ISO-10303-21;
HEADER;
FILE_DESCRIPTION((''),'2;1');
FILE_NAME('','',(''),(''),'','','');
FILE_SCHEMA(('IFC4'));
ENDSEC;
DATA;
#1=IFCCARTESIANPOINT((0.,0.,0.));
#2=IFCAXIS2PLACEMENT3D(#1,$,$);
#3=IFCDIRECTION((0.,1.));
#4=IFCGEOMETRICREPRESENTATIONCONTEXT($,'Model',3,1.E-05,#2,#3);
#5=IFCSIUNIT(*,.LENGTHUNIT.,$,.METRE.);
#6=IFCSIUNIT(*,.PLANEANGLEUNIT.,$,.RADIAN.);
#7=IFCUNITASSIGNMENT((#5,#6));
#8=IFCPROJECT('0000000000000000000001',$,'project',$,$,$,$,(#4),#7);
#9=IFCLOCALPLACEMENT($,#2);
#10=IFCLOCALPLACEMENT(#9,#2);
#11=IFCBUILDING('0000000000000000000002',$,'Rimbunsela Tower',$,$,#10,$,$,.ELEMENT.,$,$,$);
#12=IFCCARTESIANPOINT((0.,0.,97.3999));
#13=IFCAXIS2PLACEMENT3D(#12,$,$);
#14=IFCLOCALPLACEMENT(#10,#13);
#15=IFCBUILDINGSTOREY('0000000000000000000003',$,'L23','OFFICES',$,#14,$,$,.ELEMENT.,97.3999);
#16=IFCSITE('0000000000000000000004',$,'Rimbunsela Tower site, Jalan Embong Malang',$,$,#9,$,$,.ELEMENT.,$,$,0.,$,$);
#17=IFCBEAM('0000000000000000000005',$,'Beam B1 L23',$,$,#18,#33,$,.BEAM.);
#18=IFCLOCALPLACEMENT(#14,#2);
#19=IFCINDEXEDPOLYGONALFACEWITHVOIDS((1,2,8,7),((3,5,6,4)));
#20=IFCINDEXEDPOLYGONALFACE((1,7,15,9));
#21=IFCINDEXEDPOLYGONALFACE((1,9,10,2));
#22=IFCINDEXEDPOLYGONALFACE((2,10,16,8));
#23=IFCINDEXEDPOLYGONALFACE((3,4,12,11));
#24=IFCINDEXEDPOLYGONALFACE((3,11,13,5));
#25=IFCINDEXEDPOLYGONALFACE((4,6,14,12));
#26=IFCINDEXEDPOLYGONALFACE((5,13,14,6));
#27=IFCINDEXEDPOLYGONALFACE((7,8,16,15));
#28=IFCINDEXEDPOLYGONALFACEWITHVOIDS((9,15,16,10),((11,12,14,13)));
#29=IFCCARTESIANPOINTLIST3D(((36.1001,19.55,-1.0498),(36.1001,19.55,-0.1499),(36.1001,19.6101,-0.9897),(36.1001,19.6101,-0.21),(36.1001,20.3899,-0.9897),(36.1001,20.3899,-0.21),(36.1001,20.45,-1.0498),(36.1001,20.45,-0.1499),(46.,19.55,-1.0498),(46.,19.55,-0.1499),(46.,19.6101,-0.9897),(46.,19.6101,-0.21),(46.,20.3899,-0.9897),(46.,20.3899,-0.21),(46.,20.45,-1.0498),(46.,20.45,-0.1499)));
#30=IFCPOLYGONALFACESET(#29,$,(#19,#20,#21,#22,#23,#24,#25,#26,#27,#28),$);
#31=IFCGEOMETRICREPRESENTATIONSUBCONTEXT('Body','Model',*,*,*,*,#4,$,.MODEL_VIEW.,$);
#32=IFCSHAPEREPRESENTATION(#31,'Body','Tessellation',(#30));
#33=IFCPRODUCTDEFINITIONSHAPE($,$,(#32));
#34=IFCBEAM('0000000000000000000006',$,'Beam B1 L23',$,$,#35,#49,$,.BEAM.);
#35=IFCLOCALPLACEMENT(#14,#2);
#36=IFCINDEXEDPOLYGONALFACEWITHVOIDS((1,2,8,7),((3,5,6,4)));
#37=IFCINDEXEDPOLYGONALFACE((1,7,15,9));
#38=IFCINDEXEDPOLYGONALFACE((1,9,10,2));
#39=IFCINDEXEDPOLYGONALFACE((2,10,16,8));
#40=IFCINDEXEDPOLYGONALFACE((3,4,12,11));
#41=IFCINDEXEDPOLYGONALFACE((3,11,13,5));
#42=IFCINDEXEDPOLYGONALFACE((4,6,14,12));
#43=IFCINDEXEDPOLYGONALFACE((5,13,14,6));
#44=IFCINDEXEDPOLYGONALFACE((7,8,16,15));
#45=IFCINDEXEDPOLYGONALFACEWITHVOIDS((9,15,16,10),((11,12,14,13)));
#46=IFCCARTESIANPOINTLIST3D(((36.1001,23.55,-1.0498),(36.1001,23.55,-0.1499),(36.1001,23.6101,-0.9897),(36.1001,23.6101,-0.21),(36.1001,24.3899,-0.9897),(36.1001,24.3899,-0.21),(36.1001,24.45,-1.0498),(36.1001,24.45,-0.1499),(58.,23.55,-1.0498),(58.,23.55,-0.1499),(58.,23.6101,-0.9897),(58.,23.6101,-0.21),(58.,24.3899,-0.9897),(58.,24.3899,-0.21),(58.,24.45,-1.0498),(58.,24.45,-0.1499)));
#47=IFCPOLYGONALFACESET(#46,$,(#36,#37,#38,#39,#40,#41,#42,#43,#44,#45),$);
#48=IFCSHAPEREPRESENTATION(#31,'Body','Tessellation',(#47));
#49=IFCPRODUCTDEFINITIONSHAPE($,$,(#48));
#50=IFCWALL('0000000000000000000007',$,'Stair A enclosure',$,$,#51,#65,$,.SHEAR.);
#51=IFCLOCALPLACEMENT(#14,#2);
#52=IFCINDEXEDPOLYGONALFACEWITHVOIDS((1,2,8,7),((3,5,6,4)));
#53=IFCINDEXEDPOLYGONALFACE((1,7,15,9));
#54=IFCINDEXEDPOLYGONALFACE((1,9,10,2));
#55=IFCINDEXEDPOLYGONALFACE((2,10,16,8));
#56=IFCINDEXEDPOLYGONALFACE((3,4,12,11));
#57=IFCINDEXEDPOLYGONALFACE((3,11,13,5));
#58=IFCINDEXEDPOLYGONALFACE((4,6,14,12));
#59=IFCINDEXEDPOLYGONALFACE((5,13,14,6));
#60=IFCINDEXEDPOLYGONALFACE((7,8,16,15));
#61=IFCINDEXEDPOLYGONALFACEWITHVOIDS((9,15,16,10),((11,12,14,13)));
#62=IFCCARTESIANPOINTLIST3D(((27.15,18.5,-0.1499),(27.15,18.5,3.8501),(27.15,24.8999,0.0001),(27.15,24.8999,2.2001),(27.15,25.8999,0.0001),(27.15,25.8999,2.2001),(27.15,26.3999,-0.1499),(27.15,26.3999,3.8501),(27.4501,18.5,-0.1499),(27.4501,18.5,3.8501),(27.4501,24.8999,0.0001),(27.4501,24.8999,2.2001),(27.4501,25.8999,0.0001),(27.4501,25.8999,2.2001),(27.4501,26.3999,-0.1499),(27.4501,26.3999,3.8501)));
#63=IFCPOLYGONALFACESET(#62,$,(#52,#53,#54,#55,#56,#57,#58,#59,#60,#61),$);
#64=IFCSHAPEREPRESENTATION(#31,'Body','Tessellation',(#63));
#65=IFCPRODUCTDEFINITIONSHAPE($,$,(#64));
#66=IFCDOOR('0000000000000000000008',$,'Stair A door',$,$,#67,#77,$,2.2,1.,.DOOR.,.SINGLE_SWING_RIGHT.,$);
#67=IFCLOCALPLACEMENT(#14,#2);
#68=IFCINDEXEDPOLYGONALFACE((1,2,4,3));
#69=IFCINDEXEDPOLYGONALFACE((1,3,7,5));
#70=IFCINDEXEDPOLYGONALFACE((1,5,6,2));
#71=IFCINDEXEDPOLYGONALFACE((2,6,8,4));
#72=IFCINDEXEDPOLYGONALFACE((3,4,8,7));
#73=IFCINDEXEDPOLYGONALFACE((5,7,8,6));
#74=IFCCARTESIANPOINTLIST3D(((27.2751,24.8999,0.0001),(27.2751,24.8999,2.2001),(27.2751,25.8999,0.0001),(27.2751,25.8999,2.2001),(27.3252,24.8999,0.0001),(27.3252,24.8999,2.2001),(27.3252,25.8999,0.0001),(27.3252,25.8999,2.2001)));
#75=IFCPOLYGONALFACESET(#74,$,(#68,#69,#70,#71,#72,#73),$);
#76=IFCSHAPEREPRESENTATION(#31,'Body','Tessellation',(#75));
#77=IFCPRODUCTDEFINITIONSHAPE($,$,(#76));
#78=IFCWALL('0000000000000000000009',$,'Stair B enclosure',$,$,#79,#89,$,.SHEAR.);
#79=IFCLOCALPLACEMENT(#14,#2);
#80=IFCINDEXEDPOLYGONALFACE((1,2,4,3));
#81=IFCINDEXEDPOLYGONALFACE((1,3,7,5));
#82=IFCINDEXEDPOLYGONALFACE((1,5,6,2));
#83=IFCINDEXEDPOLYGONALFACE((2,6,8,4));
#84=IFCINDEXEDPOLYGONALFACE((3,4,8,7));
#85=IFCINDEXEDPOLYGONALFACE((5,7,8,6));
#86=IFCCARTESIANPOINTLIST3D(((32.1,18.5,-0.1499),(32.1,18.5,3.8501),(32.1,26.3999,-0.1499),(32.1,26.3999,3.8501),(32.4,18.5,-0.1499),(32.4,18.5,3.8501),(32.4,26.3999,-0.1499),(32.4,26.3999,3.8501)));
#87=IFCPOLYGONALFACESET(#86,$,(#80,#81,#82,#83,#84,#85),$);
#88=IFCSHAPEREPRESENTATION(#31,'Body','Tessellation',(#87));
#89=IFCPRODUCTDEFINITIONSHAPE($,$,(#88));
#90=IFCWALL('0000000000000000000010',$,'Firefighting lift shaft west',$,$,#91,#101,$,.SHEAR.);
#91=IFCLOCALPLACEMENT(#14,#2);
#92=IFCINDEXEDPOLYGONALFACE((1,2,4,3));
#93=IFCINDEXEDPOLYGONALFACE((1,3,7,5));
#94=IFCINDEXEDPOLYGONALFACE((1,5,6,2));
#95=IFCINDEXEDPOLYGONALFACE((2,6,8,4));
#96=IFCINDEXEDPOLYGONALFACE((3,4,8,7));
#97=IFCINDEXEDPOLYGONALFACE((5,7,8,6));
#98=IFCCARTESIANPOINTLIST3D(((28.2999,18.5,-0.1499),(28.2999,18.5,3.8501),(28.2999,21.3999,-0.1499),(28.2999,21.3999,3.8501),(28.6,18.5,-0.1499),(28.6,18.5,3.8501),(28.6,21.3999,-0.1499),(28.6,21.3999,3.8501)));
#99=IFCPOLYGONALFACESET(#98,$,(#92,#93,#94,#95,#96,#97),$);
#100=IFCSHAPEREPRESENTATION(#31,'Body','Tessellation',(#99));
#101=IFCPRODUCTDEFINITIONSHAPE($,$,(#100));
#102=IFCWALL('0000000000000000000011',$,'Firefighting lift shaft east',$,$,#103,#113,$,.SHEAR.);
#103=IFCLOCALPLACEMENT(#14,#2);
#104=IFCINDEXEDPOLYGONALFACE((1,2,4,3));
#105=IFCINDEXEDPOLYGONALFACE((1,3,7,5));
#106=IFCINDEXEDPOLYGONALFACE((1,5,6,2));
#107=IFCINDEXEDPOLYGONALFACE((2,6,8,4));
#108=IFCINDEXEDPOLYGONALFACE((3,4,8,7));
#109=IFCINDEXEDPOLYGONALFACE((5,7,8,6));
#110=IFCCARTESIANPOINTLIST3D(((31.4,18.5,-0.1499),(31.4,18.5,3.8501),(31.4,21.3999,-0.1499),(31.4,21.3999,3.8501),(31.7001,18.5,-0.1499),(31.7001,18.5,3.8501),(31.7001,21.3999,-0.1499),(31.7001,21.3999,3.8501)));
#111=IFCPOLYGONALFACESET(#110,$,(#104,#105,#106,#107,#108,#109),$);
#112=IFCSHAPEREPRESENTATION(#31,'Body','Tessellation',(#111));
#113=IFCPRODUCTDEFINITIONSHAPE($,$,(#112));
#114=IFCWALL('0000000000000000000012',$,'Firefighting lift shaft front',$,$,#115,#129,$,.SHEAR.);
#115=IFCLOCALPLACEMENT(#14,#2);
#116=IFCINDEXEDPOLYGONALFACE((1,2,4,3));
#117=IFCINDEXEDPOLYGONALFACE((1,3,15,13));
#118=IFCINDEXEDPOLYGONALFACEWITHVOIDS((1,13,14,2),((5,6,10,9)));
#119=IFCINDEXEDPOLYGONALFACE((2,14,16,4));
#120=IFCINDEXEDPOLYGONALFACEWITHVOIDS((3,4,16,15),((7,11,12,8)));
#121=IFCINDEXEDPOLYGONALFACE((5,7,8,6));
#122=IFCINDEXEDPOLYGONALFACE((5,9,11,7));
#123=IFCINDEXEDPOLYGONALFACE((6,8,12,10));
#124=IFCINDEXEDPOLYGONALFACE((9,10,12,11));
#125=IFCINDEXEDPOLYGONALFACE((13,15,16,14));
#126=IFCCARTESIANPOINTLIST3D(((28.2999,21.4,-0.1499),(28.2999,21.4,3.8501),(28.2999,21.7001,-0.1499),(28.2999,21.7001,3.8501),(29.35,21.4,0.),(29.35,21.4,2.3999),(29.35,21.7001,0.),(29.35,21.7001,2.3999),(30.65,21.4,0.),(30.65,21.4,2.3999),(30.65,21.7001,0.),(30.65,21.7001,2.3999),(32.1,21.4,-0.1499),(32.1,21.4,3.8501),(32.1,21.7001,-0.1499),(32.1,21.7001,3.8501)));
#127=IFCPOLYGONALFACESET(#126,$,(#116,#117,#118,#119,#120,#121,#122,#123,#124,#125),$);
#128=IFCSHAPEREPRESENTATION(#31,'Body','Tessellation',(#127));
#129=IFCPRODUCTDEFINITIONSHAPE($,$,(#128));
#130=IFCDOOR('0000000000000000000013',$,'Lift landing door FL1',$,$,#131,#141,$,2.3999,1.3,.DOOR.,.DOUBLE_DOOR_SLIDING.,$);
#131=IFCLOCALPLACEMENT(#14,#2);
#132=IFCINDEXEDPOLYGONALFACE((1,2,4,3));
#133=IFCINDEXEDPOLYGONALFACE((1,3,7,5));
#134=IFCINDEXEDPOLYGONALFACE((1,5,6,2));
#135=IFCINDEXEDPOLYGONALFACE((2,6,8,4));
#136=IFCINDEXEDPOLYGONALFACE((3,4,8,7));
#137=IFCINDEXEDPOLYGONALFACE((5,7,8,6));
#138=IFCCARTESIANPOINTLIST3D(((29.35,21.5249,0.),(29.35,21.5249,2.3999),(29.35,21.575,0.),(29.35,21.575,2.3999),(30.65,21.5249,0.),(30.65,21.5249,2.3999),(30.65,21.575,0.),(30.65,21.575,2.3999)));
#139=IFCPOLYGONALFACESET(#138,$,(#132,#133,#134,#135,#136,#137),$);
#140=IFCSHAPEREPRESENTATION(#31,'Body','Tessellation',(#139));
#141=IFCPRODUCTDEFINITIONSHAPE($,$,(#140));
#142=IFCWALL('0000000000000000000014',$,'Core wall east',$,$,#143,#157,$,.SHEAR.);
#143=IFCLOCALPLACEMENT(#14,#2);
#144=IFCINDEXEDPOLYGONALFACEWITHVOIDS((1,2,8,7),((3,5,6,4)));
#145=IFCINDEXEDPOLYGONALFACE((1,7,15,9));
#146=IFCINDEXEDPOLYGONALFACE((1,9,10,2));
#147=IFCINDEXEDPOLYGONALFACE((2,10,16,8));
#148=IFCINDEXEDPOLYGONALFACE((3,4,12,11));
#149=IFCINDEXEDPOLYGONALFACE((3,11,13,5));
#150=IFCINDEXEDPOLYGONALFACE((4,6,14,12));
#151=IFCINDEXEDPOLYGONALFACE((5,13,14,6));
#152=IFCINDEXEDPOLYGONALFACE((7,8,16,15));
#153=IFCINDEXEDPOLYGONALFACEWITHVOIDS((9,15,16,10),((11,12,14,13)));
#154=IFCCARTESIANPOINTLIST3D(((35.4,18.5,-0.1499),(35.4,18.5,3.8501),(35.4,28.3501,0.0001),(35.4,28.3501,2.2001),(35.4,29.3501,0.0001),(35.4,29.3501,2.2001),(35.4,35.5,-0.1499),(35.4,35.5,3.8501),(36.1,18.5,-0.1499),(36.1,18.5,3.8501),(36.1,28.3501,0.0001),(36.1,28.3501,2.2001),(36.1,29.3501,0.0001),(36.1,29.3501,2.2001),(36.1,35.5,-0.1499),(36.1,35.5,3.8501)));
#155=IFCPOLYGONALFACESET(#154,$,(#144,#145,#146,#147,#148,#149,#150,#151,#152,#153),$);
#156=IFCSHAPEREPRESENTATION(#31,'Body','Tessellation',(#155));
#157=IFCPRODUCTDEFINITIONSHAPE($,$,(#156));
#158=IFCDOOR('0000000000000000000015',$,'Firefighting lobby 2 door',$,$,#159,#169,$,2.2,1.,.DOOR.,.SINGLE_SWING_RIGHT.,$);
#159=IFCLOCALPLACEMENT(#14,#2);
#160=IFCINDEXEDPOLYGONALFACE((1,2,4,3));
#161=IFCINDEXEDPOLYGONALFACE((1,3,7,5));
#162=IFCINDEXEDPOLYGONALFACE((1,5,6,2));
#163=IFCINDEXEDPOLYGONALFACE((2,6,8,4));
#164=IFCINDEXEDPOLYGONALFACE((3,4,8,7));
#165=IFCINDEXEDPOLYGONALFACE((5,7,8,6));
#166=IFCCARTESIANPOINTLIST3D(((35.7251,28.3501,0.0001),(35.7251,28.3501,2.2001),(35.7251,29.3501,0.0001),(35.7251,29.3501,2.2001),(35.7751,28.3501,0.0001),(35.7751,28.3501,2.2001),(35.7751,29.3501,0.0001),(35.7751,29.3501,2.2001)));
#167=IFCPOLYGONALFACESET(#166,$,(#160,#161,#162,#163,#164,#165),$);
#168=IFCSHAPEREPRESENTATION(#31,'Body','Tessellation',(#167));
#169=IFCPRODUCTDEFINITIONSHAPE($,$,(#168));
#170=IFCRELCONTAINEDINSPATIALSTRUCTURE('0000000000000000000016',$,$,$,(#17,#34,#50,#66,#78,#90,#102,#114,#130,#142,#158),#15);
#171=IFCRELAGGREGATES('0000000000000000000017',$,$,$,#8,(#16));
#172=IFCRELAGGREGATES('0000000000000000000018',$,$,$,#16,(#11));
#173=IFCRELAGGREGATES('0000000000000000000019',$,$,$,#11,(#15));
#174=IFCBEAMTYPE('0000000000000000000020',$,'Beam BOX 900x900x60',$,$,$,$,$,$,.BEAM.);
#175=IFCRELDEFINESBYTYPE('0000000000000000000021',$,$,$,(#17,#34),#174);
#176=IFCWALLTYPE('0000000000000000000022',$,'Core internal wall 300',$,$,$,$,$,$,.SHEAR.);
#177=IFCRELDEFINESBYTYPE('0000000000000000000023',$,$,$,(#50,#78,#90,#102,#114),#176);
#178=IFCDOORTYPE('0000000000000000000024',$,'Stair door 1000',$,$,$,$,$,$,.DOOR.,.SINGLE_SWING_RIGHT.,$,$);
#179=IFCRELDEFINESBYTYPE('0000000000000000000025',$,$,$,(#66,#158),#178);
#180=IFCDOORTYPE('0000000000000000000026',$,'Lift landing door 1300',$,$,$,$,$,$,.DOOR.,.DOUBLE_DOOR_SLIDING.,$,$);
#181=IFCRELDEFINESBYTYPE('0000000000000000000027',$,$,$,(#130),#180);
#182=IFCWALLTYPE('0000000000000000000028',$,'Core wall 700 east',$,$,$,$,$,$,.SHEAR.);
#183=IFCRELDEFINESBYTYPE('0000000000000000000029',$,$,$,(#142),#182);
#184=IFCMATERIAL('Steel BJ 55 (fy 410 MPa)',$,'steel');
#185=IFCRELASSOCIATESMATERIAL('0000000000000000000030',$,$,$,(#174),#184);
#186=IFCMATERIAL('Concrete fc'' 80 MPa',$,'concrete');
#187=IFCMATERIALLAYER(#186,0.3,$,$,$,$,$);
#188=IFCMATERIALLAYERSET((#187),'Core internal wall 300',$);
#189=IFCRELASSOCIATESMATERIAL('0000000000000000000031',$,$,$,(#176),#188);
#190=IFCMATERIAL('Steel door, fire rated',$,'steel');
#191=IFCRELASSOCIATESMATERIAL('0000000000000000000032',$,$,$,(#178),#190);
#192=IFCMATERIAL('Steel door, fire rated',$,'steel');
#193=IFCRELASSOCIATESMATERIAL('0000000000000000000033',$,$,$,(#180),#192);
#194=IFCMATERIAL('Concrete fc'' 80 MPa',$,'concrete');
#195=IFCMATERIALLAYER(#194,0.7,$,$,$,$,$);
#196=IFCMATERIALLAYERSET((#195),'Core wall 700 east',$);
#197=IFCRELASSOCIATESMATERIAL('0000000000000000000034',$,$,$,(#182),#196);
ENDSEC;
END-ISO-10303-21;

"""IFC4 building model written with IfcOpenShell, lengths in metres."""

from ifc_helpers import new_model, si_unit, direction, frame, frame_2d, origin, origin_2d, place, context, subcontext, project, spatial, rectangle, hollow_rectangle, extrude, material, layer, layer_set, material_profile, profile_set, type_object, element, fill, save


model = new_model("IFC4")

# Units and contexts
model_context = context("Model", 3, precision=1e-05, world=origin(), true_north=direction((0.0, 1.0)))
body_context = subcontext(model_context, "Body", "Model", "MODEL_VIEW")
ifc_project = project(units=[si_unit("LENGTHUNIT", "METRE"), si_unit("PLANEANGLEUNIT", "RADIAN")], contexts=[model_context])

# Site, building, storey
site_placement = place(None, origin())
site = spatial("IfcSite", under=ifc_project, at=site_placement, Name="Rimbunsela Tower site, Jalan Embong Malang", CompositionType="ELEMENT", RefElevation=0.0)
building_placement = place(site_placement, origin())
building = spatial("IfcBuilding", under=site, at=building_placement, Name="Rimbunsela Tower", CompositionType="ELEMENT")
storey_placement = place(building_placement, frame((0.0, 0.0, 97.3999)))
storey = spatial("IfcBuildingStorey", under=building, at=storey_placement, Name="L23", Description="OFFICES", CompositionType="ELEMENT", Elevation=97.3999)

# Beams
ifc_material_1 = material(Name="Steel BJ 55 (fy 410 MPa)", Category="steel")
ifc_material_profile = material_profile(ifc_material_1, hollow_rectangle(XDim=0.8999, YDim=0.8999, WallThickness=0.0601, at=origin_2d()), Name="BOX 900x900x60")
ifc_profile_set = profile_set([ifc_material_profile], Name="Steel BJ 55 (fy 410 MPa)")
beam_type = type_object("IfcBeamType", Name="Beam BOX 900x900x60", PredefinedType="BEAM", material=ifc_profile_set)
beam_1_placement = place(storey_placement, frame((36.1001, 20.0, -0.5999), z_axis=(1.0, 0.0, 0.0), x_axis=(0.0, 1.0, 0.0)))
element("IfcBeam", 1, at=beam_1_placement, inside=storey, type_object=beam_type, Name="Beam B1 L23", PredefinedType="BEAM", context=body_context, shape_type="SweptSolid", body=[
    extrude(hollow_rectangle(XDim=0.8999, YDim=0.8999, WallThickness=0.0601, at=origin_2d()), origin(), (0.0, 0.0, 1.0), 9.8999),
])
beam_2_placement = place(storey_placement, frame((36.1001, 24.0, -0.5999), z_axis=(1.0, 0.0, 0.0), x_axis=(0.0, 1.0, 0.0)))
element("IfcBeam", 2, at=beam_2_placement, inside=storey, type_object=beam_type, Name="Beam B1 L23", PredefinedType="BEAM", context=body_context, shape_type="SweptSolid", body=[
    extrude(hollow_rectangle(XDim=0.8999, YDim=0.8999, WallThickness=0.0601, at=origin_2d()), origin(), (0.0, 0.0, 1.0), 21.8999),
])

# Wall, opening, door
ifc_material_2 = material(Name="Concrete fc' 80 MPa", Category="concrete")
ifc_layer_1 = layer(ifc_material_2, 0.3)
ifc_layer_set_1 = layer_set([ifc_layer_1], Name="Core internal wall 300")
wall_type_1 = type_object("IfcWallType", Name="Core internal wall 300", PredefinedType="SHEAR", material=ifc_layer_set_1)
wall_1_placement = place(storey_placement, frame((27.3, 18.5, -0.1499), z_axis=(0.0, 0.0, 1.0), x_axis=(0.0, 1.0, 0.0)))
wall_1 = element("IfcWall", 3, at=wall_1_placement, inside=storey, type_object=wall_type_1, Name="Stair A enclosure", PredefinedType="SHEAR", context=body_context, shape_type="SweptSolid", body=[
    extrude(rectangle(XDim=7.8999, YDim=0.3, at=frame_2d((3.95, 0.0))), origin(), (0.0, 0.0, 1.0), 4.0),
])
opening_1_placement = place(wall_1_placement, frame((6.3999, 0.0, 0.1499)))
opening_1 = element("IfcOpeningElement", 4, at=opening_1_placement, cuts=wall_1, PredefinedType="OPENING", context=body_context, shape_type="SweptSolid", body=[
    extrude(rectangle(XDim=1.0, YDim=2.2, at=frame_2d((0.5, 1.1001))), frame((0.0, 0.1599, 0.0), z_axis=(0.0, -1.0, 0.0), x_axis=(1.0, 0.0, 0.0)), (0.0, 0.0, 1.0), 0.3201),
])
ifc_material_3 = material(Name="Steel door, fire rated", Category="steel")
door_type_1 = type_object("IfcDoorType", Name="Stair door 1000", OperationType="SINGLE_SWING_RIGHT", PredefinedType="DOOR", material=ifc_material_3)
door_1_placement = place(opening_1_placement, origin())
door_1 = element("IfcDoor", 5, at=door_1_placement, inside=storey, type_object=door_type_1, Name="Stair A door", OperationType="SINGLE_SWING_RIGHT", OverallHeight=2.2, OverallWidth=1.0, PredefinedType="DOOR", context=body_context, shape_type="SweptSolid", body=[
    extrude(rectangle(XDim=1.0, YDim=2.2, at=frame_2d((0.5, 1.1001))), frame((0.0, 0.0249, 0.0), z_axis=(0.0, -1.0, 0.0), x_axis=(1.0, 0.0, 0.0)), (0.0, 0.0, 1.0), 0.05),
])
fill(opening_1, door_1)

# Walls
wall_2_placement = place(storey_placement, frame((32.25, 18.5, -0.1499), z_axis=(0.0, 0.0, 1.0), x_axis=(0.0, 1.0, 0.0)))
element("IfcWall", 6, at=wall_2_placement, inside=storey, type_object=wall_type_1, Name="Stair B enclosure", PredefinedType="SHEAR", context=body_context, shape_type="SweptSolid", body=[
    extrude(rectangle(XDim=7.8999, YDim=0.3, at=frame_2d((3.95, 0.0))), origin(), (0.0, 0.0, 1.0), 4.0),
])
for number, where, z_axis, x_axis, name in (
    (7, (28.45, 18.5, -0.1499), (0.0, 0.0, 1.0), (0.0, 1.0, 0.0), "Firefighting lift shaft west"),
    (8, (31.55, 18.5, -0.1499), (0.0, 0.0, 1.0), (0.0, 1.0, 0.0), "Firefighting lift shaft east"),
):
    element("IfcWall", number, at=place(storey_placement, frame(where, z_axis=z_axis, x_axis=x_axis)), inside=storey, type_object=wall_type_1, Name=name, PredefinedType="SHEAR", context=body_context, shape_type="SweptSolid", body=[
        extrude(rectangle(XDim=2.8999, YDim=0.3, at=frame_2d((1.45, 0.0))), origin(), (0.0, 0.0, 1.0), 4.0),
    ])

# Walls, openings, doors
wall_3_placement = place(storey_placement, frame((28.3, 21.55, -0.1499), z_axis=(0.0, 0.0, 1.0), x_axis=(1.0, 0.0, 0.0)))
wall_3 = element("IfcWall", 9, at=wall_3_placement, inside=storey, type_object=wall_type_1, Name="Firefighting lift shaft front", PredefinedType="SHEAR", context=body_context, shape_type="SweptSolid", body=[
    extrude(rectangle(XDim=3.8, YDim=0.3, at=frame_2d((1.8999, 0.0))), origin(), (0.0, 0.0, 1.0), 4.0),
])
opening_2_placement = place(wall_3_placement, frame((1.05, 0.0, 0.1499)))
opening_2 = element("IfcOpeningElement", 10, at=opening_2_placement, cuts=wall_3, PredefinedType="OPENING", context=body_context, shape_type="SweptSolid", body=[
    extrude(rectangle(XDim=1.3, YDim=2.3999, at=frame_2d((0.6499, 1.2))), frame((0.0, 0.1599, 0.0), z_axis=(0.0, -1.0, 0.0), x_axis=(1.0, 0.0, 0.0)), (0.0, 0.0, 1.0), 0.3201),
])
ifc_material_4 = material(Name="Steel door, fire rated", Category="steel")
door_type_2 = type_object("IfcDoorType", Name="Lift landing door 1300", OperationType="DOUBLE_DOOR_SLIDING", PredefinedType="DOOR", material=ifc_material_4)
door_2_placement = place(opening_2_placement, origin())
door_2 = element("IfcDoor", 11, at=door_2_placement, inside=storey, type_object=door_type_2, Name="Lift landing door FL1", OperationType="DOUBLE_DOOR_SLIDING", OverallHeight=2.3999, OverallWidth=1.3, PredefinedType="DOOR", context=body_context, shape_type="SweptSolid", body=[
    extrude(rectangle(XDim=1.3, YDim=2.3999, at=frame_2d((0.6499, 1.2))), frame((0.0, 0.0249, 0.0), z_axis=(0.0, -1.0, 0.0), x_axis=(1.0, 0.0, 0.0)), (0.0, 0.0, 1.0), 0.05),
])
fill(opening_2, door_2)
ifc_material_5 = material(Name="Concrete fc' 80 MPa", Category="concrete")
ifc_layer_2 = layer(ifc_material_5, 0.7)
ifc_layer_set_2 = layer_set([ifc_layer_2], Name="Core wall 700 east")
wall_type_2 = type_object("IfcWallType", Name="Core wall 700 east", PredefinedType="SHEAR", material=ifc_layer_set_2)
wall_4_placement = place(storey_placement, frame((35.75, 18.5, -0.1499), z_axis=(0.0, 0.0, 1.0), x_axis=(0.0, 1.0, 0.0)))
wall_4 = element("IfcWall", 12, at=wall_4_placement, inside=storey, type_object=wall_type_2, Name="Core wall east", PredefinedType="SHEAR", context=body_context, shape_type="SweptSolid", body=[
    extrude(rectangle(XDim=17.0, YDim=0.7, at=frame_2d((8.5, 0.0))), origin(), (0.0, 0.0, 1.0), 4.0),
])
opening_3_placement = place(wall_4_placement, frame((9.8501, 0.0, 0.1499)))
opening_3 = element("IfcOpeningElement", 13, at=opening_3_placement, cuts=wall_4, PredefinedType="OPENING", context=body_context, shape_type="SweptSolid", body=[
    extrude(rectangle(XDim=1.0, YDim=2.2, at=frame_2d((0.5, 1.1001))), frame((0.0, 0.3599, 0.0), z_axis=(0.0, -1.0, 0.0), x_axis=(1.0, 0.0, 0.0)), (0.0, 0.0, 1.0), 0.72),
])
door_3_placement = place(opening_3_placement, origin())
door_3 = element("IfcDoor", 14, at=door_3_placement, inside=storey, type_object=door_type_1, Name="Firefighting lobby 2 door", OperationType="SINGLE_SWING_RIGHT", OverallHeight=2.2, OverallWidth=1.0, PredefinedType="DOOR", context=body_context, shape_type="SweptSolid", body=[
    extrude(rectangle(XDim=1.0, YDim=2.2, at=frame_2d((0.5, 1.1001))), frame((0.0, 0.0249, 0.0), z_axis=(0.0, -1.0, 0.0), x_axis=(1.0, 0.0, 0.0)), (0.0, 0.0, 1.0), 0.05),
])
fill(opening_3, door_3)

save(model, "model.ifc")
